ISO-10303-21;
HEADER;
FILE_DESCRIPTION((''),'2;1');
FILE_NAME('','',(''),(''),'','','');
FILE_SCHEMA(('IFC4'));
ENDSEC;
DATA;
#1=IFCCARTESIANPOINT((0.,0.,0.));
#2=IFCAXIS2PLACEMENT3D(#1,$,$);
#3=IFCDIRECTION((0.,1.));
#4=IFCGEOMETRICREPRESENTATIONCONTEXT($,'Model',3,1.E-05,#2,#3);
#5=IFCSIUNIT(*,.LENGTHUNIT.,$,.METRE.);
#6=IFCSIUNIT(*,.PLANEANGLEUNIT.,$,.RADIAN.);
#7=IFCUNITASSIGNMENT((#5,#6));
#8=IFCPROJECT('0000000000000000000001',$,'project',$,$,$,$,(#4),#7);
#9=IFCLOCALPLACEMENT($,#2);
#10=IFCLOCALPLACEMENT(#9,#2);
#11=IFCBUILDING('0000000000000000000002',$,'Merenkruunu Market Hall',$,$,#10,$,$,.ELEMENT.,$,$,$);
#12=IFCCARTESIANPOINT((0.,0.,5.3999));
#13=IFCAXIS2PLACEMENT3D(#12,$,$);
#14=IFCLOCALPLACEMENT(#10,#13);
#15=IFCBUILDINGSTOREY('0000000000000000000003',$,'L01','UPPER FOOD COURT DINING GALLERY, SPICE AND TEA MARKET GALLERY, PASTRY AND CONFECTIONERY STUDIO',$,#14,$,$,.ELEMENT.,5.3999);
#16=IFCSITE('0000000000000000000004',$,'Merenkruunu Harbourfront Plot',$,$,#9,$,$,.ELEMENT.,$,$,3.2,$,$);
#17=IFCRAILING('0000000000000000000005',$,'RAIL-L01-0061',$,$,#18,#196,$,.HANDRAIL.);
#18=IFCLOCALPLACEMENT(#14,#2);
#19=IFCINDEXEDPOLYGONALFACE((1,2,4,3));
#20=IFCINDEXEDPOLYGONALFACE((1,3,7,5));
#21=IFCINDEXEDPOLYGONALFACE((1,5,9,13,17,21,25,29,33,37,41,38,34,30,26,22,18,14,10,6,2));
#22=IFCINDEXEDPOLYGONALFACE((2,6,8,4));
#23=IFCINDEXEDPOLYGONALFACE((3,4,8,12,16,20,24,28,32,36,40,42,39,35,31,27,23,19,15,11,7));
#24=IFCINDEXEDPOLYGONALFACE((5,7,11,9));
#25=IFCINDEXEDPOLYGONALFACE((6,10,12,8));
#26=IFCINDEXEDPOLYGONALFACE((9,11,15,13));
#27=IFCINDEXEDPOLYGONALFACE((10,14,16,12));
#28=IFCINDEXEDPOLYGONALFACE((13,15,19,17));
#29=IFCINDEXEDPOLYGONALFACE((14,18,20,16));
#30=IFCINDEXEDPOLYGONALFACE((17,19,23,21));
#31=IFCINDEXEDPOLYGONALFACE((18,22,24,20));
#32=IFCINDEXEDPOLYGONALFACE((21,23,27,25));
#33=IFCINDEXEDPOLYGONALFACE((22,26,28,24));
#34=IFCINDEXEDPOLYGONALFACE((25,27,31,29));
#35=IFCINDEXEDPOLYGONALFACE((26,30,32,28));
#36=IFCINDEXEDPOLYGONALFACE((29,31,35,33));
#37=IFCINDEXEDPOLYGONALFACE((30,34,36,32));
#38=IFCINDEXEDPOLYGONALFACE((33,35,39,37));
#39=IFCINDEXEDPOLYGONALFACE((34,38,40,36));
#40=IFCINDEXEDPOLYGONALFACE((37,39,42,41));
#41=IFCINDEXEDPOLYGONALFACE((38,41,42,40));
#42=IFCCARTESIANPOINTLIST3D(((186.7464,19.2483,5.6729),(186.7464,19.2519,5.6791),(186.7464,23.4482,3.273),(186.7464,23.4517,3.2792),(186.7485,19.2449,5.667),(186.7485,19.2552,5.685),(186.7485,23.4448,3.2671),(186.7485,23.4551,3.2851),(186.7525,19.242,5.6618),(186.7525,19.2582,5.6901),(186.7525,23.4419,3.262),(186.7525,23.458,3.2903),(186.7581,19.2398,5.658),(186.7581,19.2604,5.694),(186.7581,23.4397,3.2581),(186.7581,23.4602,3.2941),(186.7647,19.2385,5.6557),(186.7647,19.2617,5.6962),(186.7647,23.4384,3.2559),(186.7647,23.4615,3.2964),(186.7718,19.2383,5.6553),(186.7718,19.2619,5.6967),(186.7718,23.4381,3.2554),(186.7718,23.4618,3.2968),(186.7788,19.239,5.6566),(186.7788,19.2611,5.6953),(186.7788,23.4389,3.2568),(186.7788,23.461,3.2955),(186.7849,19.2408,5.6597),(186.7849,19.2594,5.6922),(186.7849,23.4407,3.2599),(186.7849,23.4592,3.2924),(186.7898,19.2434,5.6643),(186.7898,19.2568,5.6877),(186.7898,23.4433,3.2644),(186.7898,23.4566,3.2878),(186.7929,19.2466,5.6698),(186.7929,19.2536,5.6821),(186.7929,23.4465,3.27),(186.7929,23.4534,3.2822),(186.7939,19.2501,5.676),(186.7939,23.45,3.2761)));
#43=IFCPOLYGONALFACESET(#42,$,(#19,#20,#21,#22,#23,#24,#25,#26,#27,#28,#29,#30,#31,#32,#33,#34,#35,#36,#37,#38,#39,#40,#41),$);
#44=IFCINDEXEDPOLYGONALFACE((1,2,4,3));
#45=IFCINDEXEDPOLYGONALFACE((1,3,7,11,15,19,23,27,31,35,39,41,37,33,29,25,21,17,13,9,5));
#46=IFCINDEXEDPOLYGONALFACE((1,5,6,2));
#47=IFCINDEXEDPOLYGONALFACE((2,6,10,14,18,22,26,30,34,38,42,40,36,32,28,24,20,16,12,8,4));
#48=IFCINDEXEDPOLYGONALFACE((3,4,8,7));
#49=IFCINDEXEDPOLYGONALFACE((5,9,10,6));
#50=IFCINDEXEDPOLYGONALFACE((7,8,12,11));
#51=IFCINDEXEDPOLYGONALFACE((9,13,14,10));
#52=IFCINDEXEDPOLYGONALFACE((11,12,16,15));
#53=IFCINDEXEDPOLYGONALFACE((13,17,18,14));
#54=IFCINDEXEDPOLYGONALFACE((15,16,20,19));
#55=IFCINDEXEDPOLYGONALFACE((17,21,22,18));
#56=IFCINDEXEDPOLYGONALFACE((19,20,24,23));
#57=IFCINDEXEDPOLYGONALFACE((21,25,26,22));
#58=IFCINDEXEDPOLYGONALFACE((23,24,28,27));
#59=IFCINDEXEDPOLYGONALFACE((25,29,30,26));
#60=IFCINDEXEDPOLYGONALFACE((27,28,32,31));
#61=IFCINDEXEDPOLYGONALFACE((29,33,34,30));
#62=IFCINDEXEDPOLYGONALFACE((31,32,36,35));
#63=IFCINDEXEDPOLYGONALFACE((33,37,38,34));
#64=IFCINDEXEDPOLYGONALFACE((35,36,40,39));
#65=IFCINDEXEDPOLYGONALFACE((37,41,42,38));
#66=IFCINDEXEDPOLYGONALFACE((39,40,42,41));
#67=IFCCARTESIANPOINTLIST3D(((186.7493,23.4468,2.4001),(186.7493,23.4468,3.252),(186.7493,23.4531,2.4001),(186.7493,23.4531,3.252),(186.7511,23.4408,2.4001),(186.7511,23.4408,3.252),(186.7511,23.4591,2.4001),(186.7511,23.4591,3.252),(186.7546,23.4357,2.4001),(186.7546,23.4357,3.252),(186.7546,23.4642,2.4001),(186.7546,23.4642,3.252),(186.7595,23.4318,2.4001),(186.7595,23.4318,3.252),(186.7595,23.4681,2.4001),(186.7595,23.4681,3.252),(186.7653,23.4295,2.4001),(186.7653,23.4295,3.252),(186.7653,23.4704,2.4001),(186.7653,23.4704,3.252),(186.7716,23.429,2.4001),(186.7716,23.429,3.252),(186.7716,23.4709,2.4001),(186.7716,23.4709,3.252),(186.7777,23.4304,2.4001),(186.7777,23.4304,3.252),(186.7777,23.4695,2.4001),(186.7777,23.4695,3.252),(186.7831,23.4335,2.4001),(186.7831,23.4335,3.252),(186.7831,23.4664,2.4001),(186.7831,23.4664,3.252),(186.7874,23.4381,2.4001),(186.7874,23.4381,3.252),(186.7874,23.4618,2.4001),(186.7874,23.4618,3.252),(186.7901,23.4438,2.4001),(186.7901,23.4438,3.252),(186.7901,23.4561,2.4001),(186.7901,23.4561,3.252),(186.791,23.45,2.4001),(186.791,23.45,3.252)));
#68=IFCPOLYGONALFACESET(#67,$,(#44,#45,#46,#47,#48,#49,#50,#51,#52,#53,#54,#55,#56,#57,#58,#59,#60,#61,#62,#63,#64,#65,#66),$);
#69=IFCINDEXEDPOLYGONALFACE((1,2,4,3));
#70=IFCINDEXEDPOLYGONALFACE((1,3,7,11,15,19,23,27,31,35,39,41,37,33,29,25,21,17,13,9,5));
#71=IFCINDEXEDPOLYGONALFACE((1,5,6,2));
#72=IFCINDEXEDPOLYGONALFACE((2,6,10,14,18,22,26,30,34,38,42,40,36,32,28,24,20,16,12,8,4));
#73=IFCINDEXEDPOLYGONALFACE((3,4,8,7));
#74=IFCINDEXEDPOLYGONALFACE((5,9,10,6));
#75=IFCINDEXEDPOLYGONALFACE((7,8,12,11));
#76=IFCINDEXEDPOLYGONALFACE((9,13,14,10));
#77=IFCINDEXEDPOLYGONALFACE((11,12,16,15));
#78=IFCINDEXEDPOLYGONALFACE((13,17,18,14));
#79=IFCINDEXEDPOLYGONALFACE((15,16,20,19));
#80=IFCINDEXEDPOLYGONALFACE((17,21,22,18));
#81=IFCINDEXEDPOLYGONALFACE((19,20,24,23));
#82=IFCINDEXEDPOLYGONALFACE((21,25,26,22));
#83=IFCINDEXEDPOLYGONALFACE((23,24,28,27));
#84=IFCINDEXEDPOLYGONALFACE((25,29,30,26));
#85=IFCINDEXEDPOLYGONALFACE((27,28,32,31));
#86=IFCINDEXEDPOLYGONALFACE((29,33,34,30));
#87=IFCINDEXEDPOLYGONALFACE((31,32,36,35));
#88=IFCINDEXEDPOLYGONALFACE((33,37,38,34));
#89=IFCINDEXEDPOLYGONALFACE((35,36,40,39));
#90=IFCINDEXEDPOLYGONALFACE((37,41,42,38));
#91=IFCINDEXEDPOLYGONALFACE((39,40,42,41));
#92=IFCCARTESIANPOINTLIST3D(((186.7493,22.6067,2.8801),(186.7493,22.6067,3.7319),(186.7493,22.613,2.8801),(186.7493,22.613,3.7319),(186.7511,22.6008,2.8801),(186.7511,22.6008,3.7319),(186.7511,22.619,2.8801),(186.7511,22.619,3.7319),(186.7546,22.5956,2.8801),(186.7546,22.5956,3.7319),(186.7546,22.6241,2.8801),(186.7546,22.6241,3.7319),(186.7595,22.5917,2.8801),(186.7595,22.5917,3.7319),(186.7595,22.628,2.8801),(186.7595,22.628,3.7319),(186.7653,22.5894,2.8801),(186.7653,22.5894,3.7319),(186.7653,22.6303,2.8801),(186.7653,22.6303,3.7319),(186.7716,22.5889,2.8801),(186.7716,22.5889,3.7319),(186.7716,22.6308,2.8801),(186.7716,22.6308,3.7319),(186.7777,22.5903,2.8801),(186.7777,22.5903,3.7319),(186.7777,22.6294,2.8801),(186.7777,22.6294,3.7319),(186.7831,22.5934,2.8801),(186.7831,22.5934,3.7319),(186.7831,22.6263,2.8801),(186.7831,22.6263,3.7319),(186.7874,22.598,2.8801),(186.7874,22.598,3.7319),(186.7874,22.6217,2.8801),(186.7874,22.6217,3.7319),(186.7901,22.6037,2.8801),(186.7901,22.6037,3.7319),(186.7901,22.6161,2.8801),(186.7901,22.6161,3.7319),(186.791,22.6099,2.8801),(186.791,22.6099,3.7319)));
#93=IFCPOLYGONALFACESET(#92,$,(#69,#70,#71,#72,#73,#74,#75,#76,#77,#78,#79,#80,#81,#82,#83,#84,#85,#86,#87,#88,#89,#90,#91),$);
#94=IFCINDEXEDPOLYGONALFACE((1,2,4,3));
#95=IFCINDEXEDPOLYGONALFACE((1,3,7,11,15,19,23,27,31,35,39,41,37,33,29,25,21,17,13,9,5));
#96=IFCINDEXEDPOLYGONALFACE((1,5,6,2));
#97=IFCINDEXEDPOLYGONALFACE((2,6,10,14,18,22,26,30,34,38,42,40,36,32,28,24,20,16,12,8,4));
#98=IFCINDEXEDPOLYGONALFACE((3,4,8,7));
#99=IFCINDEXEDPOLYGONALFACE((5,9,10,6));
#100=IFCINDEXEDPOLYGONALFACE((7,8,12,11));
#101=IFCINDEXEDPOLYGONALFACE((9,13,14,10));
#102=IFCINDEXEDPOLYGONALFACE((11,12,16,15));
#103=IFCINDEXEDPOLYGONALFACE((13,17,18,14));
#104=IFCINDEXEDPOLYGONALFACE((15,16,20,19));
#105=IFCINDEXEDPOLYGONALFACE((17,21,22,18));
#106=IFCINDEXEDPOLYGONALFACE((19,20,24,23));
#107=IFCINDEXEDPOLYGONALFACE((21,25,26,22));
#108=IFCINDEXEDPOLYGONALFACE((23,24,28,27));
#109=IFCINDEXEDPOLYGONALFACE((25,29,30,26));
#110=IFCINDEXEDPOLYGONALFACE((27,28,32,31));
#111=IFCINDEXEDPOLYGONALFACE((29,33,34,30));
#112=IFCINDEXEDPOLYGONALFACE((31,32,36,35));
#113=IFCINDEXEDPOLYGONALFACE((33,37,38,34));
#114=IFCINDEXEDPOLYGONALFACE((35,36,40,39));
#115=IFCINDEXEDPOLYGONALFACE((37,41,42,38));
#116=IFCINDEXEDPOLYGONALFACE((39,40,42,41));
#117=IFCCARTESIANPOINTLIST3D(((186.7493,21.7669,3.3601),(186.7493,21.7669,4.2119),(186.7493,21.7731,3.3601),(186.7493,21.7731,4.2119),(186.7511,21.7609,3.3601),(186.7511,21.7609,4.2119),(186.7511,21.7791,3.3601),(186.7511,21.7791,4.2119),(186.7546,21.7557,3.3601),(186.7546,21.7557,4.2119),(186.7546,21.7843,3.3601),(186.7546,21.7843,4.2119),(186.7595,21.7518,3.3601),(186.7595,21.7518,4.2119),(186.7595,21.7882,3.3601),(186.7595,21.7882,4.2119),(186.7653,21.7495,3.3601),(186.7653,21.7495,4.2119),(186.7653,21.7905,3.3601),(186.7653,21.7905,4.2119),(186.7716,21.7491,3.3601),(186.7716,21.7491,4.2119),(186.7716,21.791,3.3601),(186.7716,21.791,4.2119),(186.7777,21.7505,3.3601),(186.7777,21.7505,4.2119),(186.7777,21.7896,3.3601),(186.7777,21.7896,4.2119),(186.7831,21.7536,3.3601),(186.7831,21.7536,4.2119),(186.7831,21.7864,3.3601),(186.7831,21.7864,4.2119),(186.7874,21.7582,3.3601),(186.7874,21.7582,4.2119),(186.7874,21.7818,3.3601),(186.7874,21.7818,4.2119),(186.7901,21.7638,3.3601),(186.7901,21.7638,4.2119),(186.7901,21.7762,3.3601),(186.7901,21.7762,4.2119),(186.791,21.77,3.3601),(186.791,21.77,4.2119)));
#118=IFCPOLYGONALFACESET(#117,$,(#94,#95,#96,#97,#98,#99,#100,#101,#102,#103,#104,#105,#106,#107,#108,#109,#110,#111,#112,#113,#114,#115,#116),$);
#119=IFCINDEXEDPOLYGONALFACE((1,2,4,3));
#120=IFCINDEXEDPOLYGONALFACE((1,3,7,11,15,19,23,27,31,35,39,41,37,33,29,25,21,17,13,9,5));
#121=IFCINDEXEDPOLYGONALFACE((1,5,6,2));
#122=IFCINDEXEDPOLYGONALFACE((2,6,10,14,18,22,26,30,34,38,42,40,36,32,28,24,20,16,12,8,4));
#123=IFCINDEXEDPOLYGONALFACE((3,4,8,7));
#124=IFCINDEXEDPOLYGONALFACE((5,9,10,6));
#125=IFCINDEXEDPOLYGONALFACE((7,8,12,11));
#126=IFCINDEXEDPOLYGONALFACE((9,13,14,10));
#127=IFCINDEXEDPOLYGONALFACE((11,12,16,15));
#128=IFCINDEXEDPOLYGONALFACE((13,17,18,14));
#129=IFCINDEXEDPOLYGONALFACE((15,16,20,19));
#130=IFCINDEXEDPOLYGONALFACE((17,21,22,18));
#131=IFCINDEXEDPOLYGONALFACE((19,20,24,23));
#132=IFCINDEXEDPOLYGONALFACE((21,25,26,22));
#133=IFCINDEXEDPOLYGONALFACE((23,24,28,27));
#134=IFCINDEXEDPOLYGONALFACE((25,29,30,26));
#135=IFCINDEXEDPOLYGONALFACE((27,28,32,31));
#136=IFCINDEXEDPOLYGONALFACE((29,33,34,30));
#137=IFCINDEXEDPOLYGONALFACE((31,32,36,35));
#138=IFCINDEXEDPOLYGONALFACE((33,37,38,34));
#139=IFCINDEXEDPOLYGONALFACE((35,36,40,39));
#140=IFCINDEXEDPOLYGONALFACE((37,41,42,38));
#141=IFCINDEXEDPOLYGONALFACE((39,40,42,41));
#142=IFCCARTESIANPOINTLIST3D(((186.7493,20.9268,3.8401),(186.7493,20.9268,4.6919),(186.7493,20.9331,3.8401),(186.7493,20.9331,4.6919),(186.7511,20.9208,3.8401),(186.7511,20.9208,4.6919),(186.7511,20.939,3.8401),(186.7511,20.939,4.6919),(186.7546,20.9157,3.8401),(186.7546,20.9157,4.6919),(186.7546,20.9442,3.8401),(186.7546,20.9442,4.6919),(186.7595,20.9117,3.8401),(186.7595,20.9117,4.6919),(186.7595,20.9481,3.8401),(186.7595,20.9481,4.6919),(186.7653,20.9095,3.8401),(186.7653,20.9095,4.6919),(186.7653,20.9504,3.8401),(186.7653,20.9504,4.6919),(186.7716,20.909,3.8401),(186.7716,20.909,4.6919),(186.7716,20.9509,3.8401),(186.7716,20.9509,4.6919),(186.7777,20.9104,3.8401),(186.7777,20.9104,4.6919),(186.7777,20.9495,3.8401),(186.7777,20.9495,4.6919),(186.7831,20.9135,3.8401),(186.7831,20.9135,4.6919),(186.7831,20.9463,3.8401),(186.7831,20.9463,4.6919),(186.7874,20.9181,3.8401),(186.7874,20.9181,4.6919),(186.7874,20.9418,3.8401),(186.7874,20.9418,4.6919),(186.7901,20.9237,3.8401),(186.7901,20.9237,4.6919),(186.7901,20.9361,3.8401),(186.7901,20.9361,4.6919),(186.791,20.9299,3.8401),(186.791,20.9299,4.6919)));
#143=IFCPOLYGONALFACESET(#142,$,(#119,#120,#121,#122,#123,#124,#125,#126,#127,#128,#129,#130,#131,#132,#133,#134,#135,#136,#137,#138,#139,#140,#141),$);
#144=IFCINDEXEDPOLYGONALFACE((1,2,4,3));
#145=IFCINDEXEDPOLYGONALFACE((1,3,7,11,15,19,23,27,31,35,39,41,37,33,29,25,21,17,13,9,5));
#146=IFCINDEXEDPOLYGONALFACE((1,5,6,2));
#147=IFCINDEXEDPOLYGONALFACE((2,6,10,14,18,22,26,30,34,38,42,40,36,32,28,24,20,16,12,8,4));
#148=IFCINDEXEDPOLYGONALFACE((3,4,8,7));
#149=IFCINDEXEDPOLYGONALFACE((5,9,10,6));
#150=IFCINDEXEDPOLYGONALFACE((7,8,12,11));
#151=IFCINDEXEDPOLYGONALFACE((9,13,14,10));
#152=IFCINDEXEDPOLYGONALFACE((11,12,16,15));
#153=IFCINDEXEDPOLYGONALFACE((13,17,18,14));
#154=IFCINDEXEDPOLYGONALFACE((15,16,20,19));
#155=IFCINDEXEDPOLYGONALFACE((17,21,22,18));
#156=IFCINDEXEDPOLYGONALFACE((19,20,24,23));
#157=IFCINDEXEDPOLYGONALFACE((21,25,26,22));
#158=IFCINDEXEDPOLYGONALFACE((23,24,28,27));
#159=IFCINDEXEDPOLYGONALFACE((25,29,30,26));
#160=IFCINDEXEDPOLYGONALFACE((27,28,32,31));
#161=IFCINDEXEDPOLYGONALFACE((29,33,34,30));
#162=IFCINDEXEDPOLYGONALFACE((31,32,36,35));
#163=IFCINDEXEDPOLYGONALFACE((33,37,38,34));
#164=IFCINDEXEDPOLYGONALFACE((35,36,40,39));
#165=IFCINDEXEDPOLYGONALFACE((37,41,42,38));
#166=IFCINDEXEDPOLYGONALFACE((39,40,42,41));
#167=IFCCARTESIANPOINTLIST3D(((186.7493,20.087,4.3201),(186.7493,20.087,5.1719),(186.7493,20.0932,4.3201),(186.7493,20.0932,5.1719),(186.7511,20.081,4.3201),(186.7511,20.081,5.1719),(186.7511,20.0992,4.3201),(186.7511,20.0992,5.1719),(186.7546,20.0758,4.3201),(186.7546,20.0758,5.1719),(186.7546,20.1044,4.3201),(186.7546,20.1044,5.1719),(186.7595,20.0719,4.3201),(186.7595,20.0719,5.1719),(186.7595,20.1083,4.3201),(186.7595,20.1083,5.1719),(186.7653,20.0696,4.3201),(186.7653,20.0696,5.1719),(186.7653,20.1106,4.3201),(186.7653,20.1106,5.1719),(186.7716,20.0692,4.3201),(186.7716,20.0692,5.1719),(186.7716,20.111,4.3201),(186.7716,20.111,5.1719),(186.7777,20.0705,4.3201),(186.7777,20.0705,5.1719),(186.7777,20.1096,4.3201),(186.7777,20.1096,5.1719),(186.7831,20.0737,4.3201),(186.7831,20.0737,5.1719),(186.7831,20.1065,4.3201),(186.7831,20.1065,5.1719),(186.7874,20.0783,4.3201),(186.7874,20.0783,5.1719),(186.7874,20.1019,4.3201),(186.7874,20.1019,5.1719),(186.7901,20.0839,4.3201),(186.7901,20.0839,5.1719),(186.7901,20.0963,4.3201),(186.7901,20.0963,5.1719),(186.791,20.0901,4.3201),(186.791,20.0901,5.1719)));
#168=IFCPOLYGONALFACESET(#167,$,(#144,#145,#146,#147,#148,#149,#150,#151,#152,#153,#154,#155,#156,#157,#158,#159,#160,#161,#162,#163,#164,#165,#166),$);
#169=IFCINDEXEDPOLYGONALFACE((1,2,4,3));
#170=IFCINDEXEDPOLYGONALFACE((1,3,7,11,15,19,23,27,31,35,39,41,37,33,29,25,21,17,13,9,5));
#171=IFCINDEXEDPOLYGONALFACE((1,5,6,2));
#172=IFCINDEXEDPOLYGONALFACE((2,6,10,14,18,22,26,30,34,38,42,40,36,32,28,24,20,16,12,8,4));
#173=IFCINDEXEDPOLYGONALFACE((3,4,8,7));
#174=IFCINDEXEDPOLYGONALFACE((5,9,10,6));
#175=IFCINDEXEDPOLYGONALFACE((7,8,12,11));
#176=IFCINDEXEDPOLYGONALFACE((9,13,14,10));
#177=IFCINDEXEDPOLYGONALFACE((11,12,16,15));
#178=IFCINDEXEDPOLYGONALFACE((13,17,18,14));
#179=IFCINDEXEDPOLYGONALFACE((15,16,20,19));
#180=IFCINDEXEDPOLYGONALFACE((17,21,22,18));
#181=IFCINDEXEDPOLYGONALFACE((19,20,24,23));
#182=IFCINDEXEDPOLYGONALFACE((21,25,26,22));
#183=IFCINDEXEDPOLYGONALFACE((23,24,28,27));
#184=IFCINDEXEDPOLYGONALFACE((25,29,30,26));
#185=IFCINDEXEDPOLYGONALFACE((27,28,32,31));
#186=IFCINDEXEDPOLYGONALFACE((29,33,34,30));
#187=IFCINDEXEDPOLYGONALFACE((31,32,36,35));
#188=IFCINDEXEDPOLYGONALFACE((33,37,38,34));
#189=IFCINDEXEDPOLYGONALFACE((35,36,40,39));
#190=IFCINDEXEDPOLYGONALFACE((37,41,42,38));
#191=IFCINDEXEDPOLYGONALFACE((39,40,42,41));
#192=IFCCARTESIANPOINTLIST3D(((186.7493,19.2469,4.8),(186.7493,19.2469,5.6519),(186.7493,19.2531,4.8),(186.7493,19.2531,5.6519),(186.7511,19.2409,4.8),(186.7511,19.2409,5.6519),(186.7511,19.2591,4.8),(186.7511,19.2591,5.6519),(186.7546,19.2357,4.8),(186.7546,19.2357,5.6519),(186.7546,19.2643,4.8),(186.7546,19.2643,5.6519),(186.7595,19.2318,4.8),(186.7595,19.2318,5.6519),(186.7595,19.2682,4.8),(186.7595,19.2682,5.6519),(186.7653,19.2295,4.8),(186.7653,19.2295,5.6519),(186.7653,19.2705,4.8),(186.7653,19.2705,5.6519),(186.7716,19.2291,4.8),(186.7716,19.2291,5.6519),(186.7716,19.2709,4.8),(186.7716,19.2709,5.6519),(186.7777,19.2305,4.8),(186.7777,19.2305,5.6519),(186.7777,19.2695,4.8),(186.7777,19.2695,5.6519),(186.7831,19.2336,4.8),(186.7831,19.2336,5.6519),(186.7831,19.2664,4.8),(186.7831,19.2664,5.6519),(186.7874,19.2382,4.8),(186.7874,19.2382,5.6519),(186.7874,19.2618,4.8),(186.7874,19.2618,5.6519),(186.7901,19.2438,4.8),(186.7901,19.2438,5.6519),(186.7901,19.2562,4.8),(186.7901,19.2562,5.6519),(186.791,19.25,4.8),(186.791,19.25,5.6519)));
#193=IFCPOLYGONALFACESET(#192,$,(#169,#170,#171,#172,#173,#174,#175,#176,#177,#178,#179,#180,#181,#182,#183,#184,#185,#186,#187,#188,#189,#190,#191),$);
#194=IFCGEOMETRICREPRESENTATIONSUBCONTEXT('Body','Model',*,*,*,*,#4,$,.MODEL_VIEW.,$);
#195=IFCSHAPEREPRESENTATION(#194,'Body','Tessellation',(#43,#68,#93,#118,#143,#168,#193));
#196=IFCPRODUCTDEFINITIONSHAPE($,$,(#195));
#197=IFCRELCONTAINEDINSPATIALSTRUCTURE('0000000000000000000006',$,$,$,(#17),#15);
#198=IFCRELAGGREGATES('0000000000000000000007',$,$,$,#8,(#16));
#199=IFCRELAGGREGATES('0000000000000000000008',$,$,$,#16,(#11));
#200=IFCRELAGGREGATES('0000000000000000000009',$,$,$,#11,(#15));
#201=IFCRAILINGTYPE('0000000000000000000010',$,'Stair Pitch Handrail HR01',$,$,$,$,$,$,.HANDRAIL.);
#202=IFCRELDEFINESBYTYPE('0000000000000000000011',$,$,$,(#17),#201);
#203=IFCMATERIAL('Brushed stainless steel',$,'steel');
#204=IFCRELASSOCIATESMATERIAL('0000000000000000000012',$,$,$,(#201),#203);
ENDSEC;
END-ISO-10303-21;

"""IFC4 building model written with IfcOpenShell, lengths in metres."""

from ifc_helpers import new_model, si_unit, direction, frame, origin, origin_2d, place, context, subcontext, project, spatial, circle, extrude, material, type_object, element, save


model = new_model("IFC4")

# Units and contexts
model_context = context("Model", 3, precision=1e-05, world=origin(), true_north=direction((0.0, 1.0)))
body_context = subcontext(model_context, "Body", "Model", "MODEL_VIEW")
ifc_project = project(units=[si_unit("LENGTHUNIT", "METRE"), si_unit("PLANEANGLEUNIT", "RADIAN")], contexts=[model_context])

# Site, building, storey
site_placement = place(None, origin())
site = spatial("IfcSite", under=ifc_project, at=site_placement, Name="Merenkruunu Harbourfront Plot", CompositionType="ELEMENT", RefElevation=3.2)
building_placement = place(site_placement, origin())
building = spatial("IfcBuilding", under=site, at=building_placement, Name="Merenkruunu Market Hall", CompositionType="ELEMENT")
storey_placement = place(building_placement, frame((0.0, 0.0, 5.3999)))
storey = spatial("IfcBuildingStorey", under=building, at=storey_placement, Name="L01", Description="UPPER FOOD COURT DINING GALLERY, SPICE AND TEA MARKET GALLERY, PASTRY AND CONFECTIONERY STUDIO", CompositionType="ELEMENT", Elevation=5.3999)

# Shared definitions
ifc_material_1 = material(Name="Brushed stainless steel", Category="steel")

# Railing
railing_type_1 = type_object("IfcRailingType", Name="Stair Pitch Handrail HR01", PredefinedType="HANDRAIL", material=ifc_material_1)
railing_1_placement = place(storey_placement, frame((186.77, 23.45, 2.4001)))
element("IfcRailing", 1, at=railing_1_placement, inside=storey, type_object=railing_type_1, Name="RAIL-L01-0061", PredefinedType="HANDRAIL", context=body_context, shape_type="SweptSolid", body=[
    extrude(circle(Radius=0.0239, at=origin_2d()), frame((0.0, 0.0, 0.876), z_axis=(0.0, -0.868249, 0.496128), x_axis=(1.0, 0.0, 0.0)), (0.0, 0.0, 1.0), 4.8372),
    extrude(circle(Radius=0.021, at=origin_2d()), origin(), (0.0, 0.0, 1.0), 0.8518),
    extrude(circle(Radius=0.021, at=origin_2d()), frame((0.0, -0.8401, 0.48)), (0.0, 0.0, 1.0), 0.8518),
    extrude(circle(Radius=0.021, at=origin_2d()), frame((0.0, -1.6799, 0.96)), (0.0, 0.0, 1.0), 0.8518),
    extrude(circle(Radius=0.021, at=origin_2d()), frame((0.0, -2.52, 1.4399)), (0.0, 0.0, 1.0), 0.8518),
    extrude(circle(Radius=0.021, at=origin_2d()), frame((0.0, -3.3599, 1.9199)), (0.0, 0.0, 1.0), 0.8518),
    extrude(circle(Radius=0.021, at=origin_2d()), frame((0.0, -4.2, 2.3999)), (0.0, 0.0, 1.0), 0.8518),
])

save(model, "model.ifc")
